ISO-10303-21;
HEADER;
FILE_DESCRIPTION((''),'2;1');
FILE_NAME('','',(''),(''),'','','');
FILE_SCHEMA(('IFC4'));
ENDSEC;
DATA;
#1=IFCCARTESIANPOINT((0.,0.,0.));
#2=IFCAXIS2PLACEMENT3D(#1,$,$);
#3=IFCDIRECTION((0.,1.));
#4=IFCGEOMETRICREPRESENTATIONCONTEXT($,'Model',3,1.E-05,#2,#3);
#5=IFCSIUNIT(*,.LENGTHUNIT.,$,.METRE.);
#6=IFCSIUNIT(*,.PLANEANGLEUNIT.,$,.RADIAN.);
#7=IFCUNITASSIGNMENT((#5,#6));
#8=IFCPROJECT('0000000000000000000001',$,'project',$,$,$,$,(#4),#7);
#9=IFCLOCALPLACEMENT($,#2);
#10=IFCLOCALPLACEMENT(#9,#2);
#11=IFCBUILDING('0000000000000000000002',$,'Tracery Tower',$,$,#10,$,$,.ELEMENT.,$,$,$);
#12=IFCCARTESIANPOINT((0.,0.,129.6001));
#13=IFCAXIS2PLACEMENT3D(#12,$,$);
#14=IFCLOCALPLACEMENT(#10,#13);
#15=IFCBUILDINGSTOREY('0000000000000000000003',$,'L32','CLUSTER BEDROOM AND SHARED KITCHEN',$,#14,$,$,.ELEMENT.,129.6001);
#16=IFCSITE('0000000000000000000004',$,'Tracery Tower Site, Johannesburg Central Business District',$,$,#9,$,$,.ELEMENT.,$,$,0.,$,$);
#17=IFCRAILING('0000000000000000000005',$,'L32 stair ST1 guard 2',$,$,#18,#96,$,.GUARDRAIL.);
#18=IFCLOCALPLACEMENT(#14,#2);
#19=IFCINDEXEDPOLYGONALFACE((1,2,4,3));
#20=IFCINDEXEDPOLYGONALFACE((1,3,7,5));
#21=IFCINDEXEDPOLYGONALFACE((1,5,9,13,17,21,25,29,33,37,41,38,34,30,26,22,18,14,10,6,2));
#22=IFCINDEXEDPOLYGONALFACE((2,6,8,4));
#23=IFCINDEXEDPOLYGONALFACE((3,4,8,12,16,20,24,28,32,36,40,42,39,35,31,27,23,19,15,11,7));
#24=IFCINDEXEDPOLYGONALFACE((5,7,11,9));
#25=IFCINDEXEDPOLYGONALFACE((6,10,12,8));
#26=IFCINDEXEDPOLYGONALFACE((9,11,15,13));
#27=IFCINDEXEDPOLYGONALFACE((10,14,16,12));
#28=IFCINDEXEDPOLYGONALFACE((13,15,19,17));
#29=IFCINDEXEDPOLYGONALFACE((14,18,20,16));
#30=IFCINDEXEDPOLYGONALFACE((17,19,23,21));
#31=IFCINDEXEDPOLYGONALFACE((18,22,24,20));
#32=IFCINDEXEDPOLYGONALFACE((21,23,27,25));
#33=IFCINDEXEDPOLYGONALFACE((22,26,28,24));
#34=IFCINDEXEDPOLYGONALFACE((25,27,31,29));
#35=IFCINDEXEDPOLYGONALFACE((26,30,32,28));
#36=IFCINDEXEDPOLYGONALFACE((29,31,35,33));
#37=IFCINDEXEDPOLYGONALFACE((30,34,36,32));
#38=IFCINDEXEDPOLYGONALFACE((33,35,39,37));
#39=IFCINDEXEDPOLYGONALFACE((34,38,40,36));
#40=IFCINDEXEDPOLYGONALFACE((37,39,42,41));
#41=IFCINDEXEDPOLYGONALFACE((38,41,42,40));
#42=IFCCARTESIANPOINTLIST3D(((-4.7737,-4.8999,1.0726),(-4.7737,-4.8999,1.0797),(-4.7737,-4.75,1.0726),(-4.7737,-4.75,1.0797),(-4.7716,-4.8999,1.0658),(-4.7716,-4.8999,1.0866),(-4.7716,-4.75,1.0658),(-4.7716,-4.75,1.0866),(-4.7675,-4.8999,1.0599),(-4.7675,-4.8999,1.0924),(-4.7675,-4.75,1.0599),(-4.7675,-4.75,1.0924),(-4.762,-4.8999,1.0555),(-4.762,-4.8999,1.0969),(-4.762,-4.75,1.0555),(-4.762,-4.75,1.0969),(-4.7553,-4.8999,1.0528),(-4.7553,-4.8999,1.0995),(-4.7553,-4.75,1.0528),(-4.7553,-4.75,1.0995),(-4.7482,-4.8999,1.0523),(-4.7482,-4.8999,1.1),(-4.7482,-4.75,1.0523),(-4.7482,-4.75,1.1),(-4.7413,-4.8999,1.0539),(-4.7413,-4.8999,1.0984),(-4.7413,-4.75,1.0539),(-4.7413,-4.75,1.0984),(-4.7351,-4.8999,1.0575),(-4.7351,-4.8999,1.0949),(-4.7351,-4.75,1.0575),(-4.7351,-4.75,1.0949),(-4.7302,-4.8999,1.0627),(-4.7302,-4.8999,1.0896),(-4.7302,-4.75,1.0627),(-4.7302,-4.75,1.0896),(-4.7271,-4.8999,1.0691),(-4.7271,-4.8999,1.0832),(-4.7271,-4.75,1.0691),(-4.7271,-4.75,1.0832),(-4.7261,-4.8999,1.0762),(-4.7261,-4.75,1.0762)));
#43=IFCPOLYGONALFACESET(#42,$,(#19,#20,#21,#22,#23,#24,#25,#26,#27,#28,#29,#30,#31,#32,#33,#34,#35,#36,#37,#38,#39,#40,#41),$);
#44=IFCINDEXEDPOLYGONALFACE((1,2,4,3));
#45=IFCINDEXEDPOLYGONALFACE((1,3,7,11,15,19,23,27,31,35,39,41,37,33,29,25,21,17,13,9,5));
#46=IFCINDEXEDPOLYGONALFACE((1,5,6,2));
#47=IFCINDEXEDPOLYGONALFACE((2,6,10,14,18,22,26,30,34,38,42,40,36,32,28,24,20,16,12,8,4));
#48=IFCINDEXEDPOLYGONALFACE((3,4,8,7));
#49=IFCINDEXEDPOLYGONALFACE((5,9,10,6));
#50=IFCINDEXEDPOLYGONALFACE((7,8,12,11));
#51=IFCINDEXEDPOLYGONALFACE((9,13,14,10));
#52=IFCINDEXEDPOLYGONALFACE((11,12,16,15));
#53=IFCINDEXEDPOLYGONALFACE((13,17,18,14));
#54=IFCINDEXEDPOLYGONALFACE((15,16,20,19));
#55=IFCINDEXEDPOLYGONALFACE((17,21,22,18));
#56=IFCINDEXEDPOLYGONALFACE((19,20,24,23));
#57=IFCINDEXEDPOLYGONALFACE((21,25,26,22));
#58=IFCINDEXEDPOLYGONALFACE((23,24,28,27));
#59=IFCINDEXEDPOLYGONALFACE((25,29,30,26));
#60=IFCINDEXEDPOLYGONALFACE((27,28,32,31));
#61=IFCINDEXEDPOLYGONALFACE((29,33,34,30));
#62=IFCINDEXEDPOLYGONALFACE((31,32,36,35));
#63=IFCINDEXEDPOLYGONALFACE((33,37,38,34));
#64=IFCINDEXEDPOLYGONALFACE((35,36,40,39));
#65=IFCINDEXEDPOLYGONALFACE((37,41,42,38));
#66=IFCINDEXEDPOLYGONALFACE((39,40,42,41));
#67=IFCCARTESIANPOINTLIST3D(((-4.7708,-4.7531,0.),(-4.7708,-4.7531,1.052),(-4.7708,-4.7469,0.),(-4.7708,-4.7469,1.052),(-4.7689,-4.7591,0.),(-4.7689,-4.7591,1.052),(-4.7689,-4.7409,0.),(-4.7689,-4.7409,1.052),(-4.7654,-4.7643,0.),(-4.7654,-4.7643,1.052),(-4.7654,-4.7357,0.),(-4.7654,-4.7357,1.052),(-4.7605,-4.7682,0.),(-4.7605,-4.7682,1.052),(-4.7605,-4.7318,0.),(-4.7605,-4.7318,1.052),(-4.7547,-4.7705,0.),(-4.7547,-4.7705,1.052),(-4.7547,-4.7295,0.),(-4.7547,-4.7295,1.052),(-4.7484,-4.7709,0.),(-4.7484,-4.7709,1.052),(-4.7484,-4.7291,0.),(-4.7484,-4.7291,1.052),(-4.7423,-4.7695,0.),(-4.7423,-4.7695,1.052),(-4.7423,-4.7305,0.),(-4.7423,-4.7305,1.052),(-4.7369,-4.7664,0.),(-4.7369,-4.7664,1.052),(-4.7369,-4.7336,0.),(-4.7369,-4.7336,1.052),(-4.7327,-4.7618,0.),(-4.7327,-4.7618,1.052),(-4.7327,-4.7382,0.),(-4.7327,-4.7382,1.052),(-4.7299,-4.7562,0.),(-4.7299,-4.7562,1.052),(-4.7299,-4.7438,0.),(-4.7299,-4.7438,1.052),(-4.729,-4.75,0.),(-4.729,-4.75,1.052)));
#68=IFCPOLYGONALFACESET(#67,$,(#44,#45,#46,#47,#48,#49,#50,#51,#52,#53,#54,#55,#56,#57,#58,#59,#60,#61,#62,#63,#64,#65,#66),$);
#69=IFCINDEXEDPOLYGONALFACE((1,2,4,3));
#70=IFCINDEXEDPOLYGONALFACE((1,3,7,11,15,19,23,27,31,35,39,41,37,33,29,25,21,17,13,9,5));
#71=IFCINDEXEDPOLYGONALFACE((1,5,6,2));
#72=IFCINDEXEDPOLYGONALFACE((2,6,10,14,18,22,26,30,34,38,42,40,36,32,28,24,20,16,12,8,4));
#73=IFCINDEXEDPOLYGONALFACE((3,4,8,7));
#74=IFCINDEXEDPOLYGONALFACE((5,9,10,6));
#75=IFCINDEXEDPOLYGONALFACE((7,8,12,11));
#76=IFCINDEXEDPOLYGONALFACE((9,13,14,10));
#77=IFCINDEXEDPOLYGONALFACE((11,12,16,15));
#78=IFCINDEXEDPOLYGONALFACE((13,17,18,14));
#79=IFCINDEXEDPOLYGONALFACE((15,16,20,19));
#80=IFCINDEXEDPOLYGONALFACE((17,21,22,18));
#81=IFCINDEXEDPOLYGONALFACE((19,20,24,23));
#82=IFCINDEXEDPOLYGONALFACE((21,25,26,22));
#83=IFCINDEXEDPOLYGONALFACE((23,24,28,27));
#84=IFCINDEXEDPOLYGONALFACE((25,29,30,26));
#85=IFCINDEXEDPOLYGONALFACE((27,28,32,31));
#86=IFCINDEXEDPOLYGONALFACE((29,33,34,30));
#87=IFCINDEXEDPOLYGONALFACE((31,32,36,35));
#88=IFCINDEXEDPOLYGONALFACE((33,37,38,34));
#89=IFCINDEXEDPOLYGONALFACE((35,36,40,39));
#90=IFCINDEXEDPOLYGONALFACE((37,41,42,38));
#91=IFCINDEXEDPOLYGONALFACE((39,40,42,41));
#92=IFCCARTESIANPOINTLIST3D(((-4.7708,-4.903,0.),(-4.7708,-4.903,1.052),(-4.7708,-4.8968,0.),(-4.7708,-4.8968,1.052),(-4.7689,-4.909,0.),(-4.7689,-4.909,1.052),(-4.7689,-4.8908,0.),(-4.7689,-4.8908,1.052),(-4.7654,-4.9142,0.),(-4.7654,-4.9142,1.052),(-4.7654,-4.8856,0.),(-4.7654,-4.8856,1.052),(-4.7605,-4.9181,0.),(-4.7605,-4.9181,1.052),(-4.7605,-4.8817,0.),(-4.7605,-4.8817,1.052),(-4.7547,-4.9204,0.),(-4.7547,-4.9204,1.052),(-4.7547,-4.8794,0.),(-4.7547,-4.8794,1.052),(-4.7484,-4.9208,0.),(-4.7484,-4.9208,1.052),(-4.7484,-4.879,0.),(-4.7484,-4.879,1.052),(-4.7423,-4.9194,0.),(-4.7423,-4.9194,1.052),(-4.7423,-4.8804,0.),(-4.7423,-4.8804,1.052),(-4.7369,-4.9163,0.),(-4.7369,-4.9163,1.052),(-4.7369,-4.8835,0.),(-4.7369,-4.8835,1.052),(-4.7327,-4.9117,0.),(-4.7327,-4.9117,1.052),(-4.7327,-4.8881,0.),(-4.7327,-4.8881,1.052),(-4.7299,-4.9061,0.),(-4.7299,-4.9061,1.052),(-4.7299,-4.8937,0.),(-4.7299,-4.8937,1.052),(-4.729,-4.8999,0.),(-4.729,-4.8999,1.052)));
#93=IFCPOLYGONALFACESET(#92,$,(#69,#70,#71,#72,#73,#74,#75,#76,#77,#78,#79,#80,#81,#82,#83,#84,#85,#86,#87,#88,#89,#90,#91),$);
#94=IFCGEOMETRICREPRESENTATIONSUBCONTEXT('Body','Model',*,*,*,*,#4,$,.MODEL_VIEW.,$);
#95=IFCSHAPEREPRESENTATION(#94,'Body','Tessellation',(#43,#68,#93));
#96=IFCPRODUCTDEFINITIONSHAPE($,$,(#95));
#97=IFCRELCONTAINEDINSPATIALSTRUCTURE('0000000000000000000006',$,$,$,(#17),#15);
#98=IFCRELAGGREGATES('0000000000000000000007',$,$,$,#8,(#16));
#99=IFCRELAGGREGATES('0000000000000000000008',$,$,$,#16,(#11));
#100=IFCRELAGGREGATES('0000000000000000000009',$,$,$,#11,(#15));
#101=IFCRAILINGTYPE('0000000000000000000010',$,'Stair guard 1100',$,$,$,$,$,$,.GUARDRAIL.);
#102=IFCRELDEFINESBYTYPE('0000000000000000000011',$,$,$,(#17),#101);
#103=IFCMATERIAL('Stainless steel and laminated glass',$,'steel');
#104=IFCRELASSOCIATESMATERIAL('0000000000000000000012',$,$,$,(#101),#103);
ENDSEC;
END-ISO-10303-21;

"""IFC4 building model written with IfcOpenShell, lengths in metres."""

from ifc_helpers import new_model, si_unit, direction, frame, origin, origin_2d, place, context, subcontext, project, spatial, circle, extrude, material, type_object, element, save


model = new_model("IFC4")

# Units and contexts
model_context = context("Model", 3, precision=1e-05, world=origin(), true_north=direction((0.0, 1.0)))
body_context = subcontext(model_context, "Body", "Model", "MODEL_VIEW")
ifc_project = project(units=[si_unit("LENGTHUNIT", "METRE"), si_unit("PLANEANGLEUNIT", "RADIAN")], contexts=[model_context])

# Site, building, storey
site_placement = place(None, origin())
site = spatial("IfcSite", under=ifc_project, at=site_placement, Name="Tracery Tower Site, Johannesburg Central Business District", CompositionType="ELEMENT", RefElevation=0.0)
building_placement = place(site_placement, origin())
building = spatial("IfcBuilding", under=site, at=building_placement, Name="Tracery Tower", CompositionType="ELEMENT")
storey_placement = place(building_placement, frame((0.0, 0.0, 129.6001)))
storey = spatial("IfcBuildingStorey", under=building, at=storey_placement, Name="L32", Description="CLUSTER BEDROOM AND SHARED KITCHEN", CompositionType="ELEMENT", Elevation=129.6001)

# Railing
ifc_material_1 = material(Name="Stainless steel and laminated glass", Category="steel")
railing_type_1 = type_object("IfcRailingType", Name="Stair guard 1100", PredefinedType="GUARDRAIL", material=ifc_material_1)
railing_1_placement = place(storey_placement, frame((-4.75, -4.75, 0.0)))
element("IfcRailing", 1, at=railing_1_placement, inside=storey, type_object=railing_type_1, Name="L32 stair ST1 guard 2", PredefinedType="GUARDRAIL", context=body_context, shape_type="SweptSolid", body=[
    extrude(circle(Radius=0.0239, at=origin_2d()), frame((0.0, 0.0, 1.0762), z_axis=(0.0, -1.0, 0.0), x_axis=(1.0, 0.0, 0.0)), (0.0, 0.0, 1.0), 0.1499),
    extrude(circle(Radius=0.021, at=origin_2d()), origin(), (0.0, 0.0, 1.0), 1.052),
    extrude(circle(Radius=0.021, at=origin_2d()), frame((0.0, -0.1499, 0.0)), (0.0, 0.0, 1.0), 1.052),
])

save(model, "model.ifc")
